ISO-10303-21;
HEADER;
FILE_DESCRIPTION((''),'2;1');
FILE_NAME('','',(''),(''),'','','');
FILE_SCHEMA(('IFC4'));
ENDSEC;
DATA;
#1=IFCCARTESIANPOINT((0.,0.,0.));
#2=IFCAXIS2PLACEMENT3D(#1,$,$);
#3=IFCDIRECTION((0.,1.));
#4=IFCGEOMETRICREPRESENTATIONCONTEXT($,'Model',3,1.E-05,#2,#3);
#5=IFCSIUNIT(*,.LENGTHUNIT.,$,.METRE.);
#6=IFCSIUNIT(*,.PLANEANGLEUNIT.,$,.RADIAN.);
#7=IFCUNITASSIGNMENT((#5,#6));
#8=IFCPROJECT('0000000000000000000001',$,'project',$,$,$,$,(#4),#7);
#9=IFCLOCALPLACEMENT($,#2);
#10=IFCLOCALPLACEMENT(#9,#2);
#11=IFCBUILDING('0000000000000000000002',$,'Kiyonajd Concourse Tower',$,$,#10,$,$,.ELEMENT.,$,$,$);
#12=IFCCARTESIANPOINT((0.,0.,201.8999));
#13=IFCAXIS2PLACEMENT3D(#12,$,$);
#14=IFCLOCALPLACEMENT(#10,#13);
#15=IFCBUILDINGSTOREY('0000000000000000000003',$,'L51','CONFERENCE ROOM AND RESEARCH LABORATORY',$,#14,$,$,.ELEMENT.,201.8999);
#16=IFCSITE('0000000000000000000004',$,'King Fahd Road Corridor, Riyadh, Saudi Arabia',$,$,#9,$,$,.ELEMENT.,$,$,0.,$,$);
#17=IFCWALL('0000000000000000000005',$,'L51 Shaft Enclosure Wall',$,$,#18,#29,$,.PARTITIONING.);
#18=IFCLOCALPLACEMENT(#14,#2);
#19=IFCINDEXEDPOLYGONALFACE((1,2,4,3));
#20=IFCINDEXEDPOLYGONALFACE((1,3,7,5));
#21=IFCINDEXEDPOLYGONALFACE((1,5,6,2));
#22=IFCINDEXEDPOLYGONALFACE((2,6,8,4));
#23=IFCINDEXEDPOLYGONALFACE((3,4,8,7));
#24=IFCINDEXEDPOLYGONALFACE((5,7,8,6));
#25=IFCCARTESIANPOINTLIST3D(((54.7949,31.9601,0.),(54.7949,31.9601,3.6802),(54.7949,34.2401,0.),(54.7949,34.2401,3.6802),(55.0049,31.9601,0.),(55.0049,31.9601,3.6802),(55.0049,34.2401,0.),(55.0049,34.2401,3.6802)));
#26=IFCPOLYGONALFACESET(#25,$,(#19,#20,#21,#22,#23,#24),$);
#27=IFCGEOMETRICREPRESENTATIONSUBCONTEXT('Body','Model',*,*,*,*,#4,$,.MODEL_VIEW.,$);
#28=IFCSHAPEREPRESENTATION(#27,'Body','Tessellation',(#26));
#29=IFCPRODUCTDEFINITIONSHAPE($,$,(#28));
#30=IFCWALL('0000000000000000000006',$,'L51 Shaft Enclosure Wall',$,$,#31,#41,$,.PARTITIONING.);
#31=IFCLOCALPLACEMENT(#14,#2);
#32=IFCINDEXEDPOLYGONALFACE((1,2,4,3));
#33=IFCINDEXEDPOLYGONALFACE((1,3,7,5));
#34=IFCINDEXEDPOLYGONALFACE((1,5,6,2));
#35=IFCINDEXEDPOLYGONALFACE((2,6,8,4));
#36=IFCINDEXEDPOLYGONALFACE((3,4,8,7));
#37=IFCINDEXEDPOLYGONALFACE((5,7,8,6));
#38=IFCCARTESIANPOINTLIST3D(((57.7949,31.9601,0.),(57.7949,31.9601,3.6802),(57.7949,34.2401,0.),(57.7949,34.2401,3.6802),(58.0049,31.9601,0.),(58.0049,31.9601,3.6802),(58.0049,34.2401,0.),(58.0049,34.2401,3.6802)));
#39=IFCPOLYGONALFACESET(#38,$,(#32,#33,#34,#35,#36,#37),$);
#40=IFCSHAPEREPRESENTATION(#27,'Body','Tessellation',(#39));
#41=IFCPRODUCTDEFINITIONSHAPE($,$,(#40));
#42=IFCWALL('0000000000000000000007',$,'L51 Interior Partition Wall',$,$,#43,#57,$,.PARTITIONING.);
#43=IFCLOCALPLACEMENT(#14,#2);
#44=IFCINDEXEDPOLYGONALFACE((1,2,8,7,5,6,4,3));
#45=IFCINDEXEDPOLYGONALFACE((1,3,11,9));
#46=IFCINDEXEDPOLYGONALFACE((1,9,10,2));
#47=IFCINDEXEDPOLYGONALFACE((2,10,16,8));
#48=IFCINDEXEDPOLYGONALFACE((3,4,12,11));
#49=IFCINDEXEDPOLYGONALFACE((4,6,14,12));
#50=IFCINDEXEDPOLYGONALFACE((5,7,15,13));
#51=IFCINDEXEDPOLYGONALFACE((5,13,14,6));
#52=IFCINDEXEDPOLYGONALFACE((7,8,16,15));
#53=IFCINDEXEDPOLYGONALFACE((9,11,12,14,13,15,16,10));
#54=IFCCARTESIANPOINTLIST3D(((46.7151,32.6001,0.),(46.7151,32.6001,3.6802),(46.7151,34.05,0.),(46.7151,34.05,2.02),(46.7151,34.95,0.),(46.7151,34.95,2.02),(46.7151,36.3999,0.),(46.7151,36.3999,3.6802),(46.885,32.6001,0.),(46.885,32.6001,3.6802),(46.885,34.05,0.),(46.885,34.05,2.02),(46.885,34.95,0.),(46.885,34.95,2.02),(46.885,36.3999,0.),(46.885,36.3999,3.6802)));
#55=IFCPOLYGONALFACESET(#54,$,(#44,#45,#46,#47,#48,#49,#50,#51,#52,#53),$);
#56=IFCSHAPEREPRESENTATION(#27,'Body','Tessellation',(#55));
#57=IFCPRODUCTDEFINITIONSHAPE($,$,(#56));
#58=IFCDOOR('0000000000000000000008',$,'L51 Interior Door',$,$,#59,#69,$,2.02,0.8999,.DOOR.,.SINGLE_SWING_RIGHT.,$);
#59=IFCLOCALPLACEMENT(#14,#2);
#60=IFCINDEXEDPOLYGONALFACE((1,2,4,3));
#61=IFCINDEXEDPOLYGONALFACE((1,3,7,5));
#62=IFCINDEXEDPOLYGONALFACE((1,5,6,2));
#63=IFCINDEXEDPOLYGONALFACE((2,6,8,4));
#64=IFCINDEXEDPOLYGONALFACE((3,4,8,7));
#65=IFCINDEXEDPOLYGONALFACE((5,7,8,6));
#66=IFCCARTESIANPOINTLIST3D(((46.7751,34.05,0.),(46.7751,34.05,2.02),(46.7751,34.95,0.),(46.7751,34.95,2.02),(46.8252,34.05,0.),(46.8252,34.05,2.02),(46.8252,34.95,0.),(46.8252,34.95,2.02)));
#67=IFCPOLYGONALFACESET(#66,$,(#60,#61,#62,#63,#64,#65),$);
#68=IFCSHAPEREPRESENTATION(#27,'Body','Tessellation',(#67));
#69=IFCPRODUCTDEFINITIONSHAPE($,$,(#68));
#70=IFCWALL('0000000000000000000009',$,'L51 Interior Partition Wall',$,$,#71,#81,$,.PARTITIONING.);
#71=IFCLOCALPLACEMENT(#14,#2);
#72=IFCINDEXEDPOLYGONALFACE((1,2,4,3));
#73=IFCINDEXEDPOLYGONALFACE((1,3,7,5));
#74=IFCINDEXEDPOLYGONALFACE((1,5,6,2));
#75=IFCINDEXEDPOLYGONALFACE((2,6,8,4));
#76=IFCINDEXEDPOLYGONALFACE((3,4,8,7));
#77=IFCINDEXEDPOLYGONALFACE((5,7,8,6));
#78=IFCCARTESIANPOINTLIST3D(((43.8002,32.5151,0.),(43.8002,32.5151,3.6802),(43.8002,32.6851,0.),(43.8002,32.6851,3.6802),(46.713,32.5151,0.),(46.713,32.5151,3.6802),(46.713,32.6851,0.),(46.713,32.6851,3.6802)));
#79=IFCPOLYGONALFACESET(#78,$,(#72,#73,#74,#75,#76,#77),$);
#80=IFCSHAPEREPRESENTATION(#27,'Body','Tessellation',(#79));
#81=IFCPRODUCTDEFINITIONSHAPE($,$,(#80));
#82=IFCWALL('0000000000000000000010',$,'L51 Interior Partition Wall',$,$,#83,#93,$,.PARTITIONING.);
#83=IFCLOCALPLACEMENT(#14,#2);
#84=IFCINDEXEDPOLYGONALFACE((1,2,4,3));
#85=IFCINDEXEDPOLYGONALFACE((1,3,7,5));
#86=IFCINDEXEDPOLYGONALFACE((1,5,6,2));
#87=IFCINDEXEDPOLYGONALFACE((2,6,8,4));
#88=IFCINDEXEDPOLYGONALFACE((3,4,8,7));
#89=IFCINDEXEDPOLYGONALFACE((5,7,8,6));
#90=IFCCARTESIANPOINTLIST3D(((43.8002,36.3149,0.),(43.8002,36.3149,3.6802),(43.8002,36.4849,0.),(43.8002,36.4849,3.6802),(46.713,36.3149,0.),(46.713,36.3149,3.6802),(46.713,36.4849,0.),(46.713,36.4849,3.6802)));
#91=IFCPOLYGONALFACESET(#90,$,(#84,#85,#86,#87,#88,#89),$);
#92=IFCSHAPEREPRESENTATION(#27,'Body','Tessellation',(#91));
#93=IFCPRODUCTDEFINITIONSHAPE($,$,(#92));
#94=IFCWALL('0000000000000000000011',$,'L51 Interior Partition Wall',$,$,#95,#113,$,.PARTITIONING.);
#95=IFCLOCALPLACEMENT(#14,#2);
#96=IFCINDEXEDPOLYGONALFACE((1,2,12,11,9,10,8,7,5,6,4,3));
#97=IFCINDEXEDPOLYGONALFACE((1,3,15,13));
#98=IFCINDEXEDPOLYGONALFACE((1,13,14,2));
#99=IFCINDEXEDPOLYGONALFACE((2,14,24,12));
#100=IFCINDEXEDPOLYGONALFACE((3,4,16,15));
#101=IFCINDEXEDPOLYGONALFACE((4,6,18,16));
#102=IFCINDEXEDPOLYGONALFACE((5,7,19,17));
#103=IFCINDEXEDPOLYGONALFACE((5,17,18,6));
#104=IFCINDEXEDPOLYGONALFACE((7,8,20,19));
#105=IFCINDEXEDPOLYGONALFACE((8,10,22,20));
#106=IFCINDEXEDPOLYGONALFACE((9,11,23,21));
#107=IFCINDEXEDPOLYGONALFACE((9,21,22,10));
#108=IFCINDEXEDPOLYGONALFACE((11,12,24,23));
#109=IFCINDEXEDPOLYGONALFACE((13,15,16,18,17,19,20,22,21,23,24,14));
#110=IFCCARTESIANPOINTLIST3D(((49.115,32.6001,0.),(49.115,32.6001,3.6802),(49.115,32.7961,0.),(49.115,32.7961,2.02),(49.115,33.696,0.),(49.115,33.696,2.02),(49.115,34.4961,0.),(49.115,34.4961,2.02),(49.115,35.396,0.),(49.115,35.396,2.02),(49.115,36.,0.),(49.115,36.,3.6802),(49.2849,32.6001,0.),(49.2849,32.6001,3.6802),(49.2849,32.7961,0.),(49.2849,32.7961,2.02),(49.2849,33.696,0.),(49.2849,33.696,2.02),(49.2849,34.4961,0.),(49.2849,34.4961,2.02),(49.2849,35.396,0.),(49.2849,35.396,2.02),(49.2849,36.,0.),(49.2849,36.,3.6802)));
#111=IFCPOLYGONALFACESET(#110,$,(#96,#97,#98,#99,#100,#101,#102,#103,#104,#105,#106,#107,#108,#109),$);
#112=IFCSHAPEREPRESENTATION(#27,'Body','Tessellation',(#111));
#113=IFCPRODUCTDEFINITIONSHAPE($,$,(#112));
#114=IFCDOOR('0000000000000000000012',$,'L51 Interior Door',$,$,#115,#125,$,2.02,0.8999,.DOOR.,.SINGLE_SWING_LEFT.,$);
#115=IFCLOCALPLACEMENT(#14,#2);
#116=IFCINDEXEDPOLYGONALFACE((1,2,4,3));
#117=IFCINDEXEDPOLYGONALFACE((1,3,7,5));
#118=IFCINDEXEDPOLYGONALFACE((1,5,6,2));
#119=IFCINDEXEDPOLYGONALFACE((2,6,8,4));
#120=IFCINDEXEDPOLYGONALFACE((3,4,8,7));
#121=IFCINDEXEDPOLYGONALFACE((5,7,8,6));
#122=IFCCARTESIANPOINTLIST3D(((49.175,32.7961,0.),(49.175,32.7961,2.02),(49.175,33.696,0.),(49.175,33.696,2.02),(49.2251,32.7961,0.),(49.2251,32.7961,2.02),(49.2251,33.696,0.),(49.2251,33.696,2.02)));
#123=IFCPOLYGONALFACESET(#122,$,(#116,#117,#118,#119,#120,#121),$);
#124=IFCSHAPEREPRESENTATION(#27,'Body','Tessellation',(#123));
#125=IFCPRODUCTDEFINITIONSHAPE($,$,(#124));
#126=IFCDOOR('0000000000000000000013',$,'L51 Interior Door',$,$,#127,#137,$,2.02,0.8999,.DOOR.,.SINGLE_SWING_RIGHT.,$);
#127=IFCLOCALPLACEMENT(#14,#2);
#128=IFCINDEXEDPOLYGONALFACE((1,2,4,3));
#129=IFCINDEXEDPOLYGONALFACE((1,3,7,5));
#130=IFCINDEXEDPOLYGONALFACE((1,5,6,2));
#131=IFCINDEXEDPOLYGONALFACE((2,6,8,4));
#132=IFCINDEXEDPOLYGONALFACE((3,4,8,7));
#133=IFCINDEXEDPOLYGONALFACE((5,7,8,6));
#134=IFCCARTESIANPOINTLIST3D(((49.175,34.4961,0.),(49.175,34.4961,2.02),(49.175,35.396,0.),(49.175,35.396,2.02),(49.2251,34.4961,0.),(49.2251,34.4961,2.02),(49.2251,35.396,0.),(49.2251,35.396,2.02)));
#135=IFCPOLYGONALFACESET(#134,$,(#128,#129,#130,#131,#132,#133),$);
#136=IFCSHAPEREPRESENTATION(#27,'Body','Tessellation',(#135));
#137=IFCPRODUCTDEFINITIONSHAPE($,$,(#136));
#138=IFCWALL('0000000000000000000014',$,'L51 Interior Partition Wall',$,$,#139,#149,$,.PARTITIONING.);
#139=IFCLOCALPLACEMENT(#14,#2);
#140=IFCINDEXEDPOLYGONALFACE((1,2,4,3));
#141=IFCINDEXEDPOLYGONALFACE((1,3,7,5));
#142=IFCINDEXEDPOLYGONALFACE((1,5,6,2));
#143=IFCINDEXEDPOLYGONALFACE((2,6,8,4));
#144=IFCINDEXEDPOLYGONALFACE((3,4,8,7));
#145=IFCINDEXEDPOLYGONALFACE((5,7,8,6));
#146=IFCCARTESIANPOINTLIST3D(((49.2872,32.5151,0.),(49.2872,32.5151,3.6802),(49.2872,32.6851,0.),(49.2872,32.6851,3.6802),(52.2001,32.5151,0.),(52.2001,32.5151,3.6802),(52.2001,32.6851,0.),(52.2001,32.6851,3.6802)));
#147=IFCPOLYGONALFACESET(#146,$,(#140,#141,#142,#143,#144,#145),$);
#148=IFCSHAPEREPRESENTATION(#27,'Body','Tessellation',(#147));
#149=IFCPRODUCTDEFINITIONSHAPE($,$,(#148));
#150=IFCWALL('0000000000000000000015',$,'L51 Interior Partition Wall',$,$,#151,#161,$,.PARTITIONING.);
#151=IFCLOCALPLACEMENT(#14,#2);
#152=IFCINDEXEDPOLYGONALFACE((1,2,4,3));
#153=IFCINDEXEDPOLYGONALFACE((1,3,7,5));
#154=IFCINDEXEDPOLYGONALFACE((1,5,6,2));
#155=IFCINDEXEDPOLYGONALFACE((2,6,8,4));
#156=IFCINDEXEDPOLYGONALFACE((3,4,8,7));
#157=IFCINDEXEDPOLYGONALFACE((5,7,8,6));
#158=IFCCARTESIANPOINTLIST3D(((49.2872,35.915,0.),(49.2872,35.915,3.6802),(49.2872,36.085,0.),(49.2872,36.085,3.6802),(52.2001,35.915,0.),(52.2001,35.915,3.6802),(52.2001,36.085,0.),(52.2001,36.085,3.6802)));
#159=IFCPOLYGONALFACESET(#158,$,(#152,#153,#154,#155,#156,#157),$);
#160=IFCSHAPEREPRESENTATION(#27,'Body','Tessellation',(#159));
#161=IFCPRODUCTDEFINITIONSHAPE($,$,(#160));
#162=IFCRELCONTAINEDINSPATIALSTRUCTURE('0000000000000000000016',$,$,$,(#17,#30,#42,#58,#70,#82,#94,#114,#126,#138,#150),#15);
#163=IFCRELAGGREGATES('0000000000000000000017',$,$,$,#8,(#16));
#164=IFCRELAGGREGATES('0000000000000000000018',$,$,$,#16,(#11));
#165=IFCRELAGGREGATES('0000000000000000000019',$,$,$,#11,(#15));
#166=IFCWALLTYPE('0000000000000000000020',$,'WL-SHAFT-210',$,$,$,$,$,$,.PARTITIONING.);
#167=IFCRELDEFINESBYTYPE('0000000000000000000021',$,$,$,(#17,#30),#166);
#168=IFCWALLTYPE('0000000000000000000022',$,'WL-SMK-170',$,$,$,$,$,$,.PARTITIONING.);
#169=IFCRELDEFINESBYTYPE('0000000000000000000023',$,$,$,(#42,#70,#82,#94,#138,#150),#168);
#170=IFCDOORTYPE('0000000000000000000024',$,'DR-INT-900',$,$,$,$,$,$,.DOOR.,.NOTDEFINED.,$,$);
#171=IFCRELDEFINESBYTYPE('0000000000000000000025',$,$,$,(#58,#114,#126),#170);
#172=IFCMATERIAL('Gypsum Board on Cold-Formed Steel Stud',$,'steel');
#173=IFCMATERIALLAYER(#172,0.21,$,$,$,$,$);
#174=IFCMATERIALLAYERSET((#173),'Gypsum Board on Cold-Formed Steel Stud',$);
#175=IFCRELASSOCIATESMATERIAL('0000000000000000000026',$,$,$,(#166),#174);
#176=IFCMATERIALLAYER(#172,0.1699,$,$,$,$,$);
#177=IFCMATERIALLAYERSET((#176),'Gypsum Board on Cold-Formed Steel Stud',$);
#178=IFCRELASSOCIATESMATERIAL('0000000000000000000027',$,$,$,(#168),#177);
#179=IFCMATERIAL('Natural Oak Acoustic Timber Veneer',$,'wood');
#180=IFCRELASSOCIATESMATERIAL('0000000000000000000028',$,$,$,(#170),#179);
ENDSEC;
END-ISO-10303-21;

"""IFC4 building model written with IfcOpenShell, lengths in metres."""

from ifc_helpers import new_model, si_unit, direction, frame, frame_2d, origin, place, context, subcontext, project, spatial, rectangle, extrude, material, layer, layer_set, type_object, element, fill, save


model = new_model("IFC4")

# Units and contexts
model_context = context("Model", 3, precision=1e-05, world=origin(), true_north=direction((0.0, 1.0)))
body_context = subcontext(model_context, "Body", "Model", "MODEL_VIEW")
ifc_project = project(units=[si_unit("LENGTHUNIT", "METRE"), si_unit("PLANEANGLEUNIT", "RADIAN")], contexts=[model_context])

# Site, building, storey
site_placement = place(None, origin())
site = spatial("IfcSite", under=ifc_project, at=site_placement, Name="King Fahd Road Corridor, Riyadh, Saudi Arabia", CompositionType="ELEMENT", RefElevation=0.0)
building_placement = place(site_placement, origin())
building = spatial("IfcBuilding", under=site, at=building_placement, Name="Kiyonajd Concourse Tower", CompositionType="ELEMENT")
storey_placement = place(building_placement, frame((0.0, 0.0, 201.8999)))
storey = spatial("IfcBuildingStorey", under=building, at=storey_placement, Name="L51", Description="CONFERENCE ROOM AND RESEARCH LABORATORY", CompositionType="ELEMENT", Elevation=201.8999)

# Shared definitions
ifc_material_1 = material(Name="Gypsum Board on Cold-Formed Steel Stud", Category="steel")

# Shared definitions
ifc_layer_1 = layer(ifc_material_1, 0.21)
ifc_layer_set_1 = layer_set([ifc_layer_1], Name="Gypsum Board on Cold-Formed Steel Stud")
wall_type_1 = type_object("IfcWallType", Name="WL-SHAFT-210", PredefinedType="PARTITIONING", material=ifc_layer_set_1)

# Walls
for number, where, z_axis, x_axis, name in (
    (1, (54.8999, 31.96, 0.0), (0.0, 0.0, 1.0), (0.0, 1.0, 0.0), "L51 Shaft Enclosure Wall"),
    (2, (57.8999, 31.96, 0.0), (0.0, 0.0, 1.0), (0.0, 1.0, 0.0), "L51 Shaft Enclosure Wall"),
):
    element("IfcWall", number, at=place(storey_placement, frame(where, z_axis=z_axis, x_axis=x_axis)), inside=storey, type_object=wall_type_1, Name=name, PredefinedType="PARTITIONING", context=body_context, shape_type="SweptSolid", body=[
        extrude(rectangle(XDim=2.28, YDim=0.21, at=frame_2d((1.1401, 0.0))), origin(), (0.0, 0.0, 1.0), 3.6802),
    ])

# Wall, opening, door
ifc_layer_2 = layer(ifc_material_1, 0.1699)
ifc_layer_set_2 = layer_set([ifc_layer_2], Name="Gypsum Board on Cold-Formed Steel Stud")
wall_type_2 = type_object("IfcWallType", Name="WL-SMK-170", PredefinedType="PARTITIONING", material=ifc_layer_set_2)
wall_1_placement = place(storey_placement, frame((46.8, 32.6001, 0.0), z_axis=(0.0, 0.0, 1.0), x_axis=(0.0, 1.0, 0.0)))
wall_1 = element("IfcWall", 3, at=wall_1_placement, inside=storey, type_object=wall_type_2, Name="L51 Interior Partition Wall", PredefinedType="PARTITIONING", context=body_context, shape_type="SweptSolid", body=[
    extrude(rectangle(XDim=3.7998, YDim=0.1699, at=frame_2d((1.8999, 0.0))), origin(), (0.0, 0.0, 1.0), 3.6802),
])
opening_1_placement = place(wall_1_placement, frame((1.45, 0.0, 0.0)))
opening_1 = element("IfcOpeningElement", 4, at=opening_1_placement, cuts=wall_1, PredefinedType="OPENING", context=body_context, shape_type="SweptSolid", body=[
    extrude(rectangle(XDim=0.8999, YDim=2.02, at=frame_2d((0.45, 1.01))), frame((0.0, 0.095, 0.0), z_axis=(0.0, -1.0, 0.0), x_axis=(1.0, 0.0, 0.0)), (0.0, 0.0, 1.0), 0.1899),
])
ifc_material_2 = material(Name="Natural Oak Acoustic Timber Veneer", Category="wood")
door_type_1 = type_object("IfcDoorType", Name="DR-INT-900", OperationType="NOTDEFINED", PredefinedType="DOOR", material=ifc_material_2)
door_1_placement = place(opening_1_placement, origin())
door_1 = element("IfcDoor", 5, at=door_1_placement, inside=storey, type_object=door_type_1, Name="L51 Interior Door", OperationType="SINGLE_SWING_RIGHT", OverallHeight=2.02, OverallWidth=0.8999, PredefinedType="DOOR", context=body_context, shape_type="SweptSolid", body=[
    extrude(rectangle(XDim=0.8999, YDim=2.02, at=frame_2d((0.45, 1.01))), frame((0.0, 0.0249, 0.0), z_axis=(0.0, -1.0, 0.0), x_axis=(1.0, 0.0, 0.0)), (0.0, 0.0, 1.0), 0.05),
])
fill(opening_1, door_1)

# Walls
for number, where, z_axis, x_axis, name in (
    (6, (43.8, 32.6001, 0.0), (0.0, 0.0, 1.0), (1.0, 0.0, 0.0), "L51 Interior Partition Wall"),
    (7, (43.8, 36.3999, 0.0), (0.0, 0.0, 1.0), (1.0, 0.0, 0.0), "L51 Interior Partition Wall"),
):
    element("IfcWall", number, at=place(storey_placement, frame(where, z_axis=z_axis, x_axis=x_axis)), inside=storey, type_object=wall_type_2, Name=name, PredefinedType="PARTITIONING", context=body_context, shape_type="SweptSolid", body=[
        extrude(rectangle(XDim=2.9128, YDim=0.1699, at=frame_2d((1.4565, 0.0))), origin(), (0.0, 0.0, 1.0), 3.6802),
    ])

# Wall, openings, doors
wall_2_placement = place(storey_placement, frame((49.2, 32.6001, 0.0), z_axis=(0.0, 0.0, 1.0), x_axis=(0.0, 1.0, 0.0)))
wall_2 = element("IfcWall", 8, at=wall_2_placement, inside=storey, type_object=wall_type_2, Name="L51 Interior Partition Wall", PredefinedType="PARTITIONING", context=body_context, shape_type="SweptSolid", body=[
    extrude(rectangle(XDim=3.3999, YDim=0.1699, at=frame_2d((1.7, 0.0))), origin(), (0.0, 0.0, 1.0), 3.6802),
])
opening_2_placement = place(wall_2_placement, frame((0.196, 0.0, 0.0)))
opening_2 = element("IfcOpeningElement", 9, at=opening_2_placement, cuts=wall_2, PredefinedType="OPENING", context=body_context, shape_type="SweptSolid", body=[
    extrude(rectangle(XDim=0.8999, YDim=2.02, at=frame_2d((0.45, 1.01))), frame((0.0, 0.095, 0.0), z_axis=(0.0, -1.0, 0.0), x_axis=(1.0, 0.0, 0.0)), (0.0, 0.0, 1.0), 0.1899),
])
opening_3_placement = place(wall_2_placement, frame((1.896, 0.0, 0.0)))
opening_3 = element("IfcOpeningElement", 10, at=opening_3_placement, cuts=wall_2, PredefinedType="OPENING", context=body_context, shape_type="SweptSolid", body=[
    extrude(rectangle(XDim=0.8999, YDim=2.02, at=frame_2d((0.45, 1.01))), frame((0.0, 0.095, 0.0), z_axis=(0.0, -1.0, 0.0), x_axis=(1.0, 0.0, 0.0)), (0.0, 0.0, 1.0), 0.1899),
])
door_2_placement = place(opening_2_placement, origin())
door_2 = element("IfcDoor", 11, at=door_2_placement, inside=storey, type_object=door_type_1, Name="L51 Interior Door", OperationType="SINGLE_SWING_LEFT", OverallHeight=2.02, OverallWidth=0.8999, PredefinedType="DOOR", context=body_context, shape_type="SweptSolid", body=[
    extrude(rectangle(XDim=0.8999, YDim=2.02, at=frame_2d((0.45, 1.01))), frame((0.0, 0.0249, 0.0), z_axis=(0.0, -1.0, 0.0), x_axis=(1.0, 0.0, 0.0)), (0.0, 0.0, 1.0), 0.05),
])
fill(opening_2, door_2)
door_3_placement = place(opening_3_placement, origin())
door_3 = element("IfcDoor", 12, at=door_3_placement, inside=storey, type_object=door_type_1, Name="L51 Interior Door", OperationType="SINGLE_SWING_RIGHT", OverallHeight=2.02, OverallWidth=0.8999, PredefinedType="DOOR", context=body_context, shape_type="SweptSolid", body=[
    extrude(rectangle(XDim=0.8999, YDim=2.02, at=frame_2d((0.45, 1.01))), frame((0.0, 0.0249, 0.0), z_axis=(0.0, -1.0, 0.0), x_axis=(1.0, 0.0, 0.0)), (0.0, 0.0, 1.0), 0.05),
])
fill(opening_3, door_3)

# Walls
for number, where, z_axis, x_axis, name in (
    (13, (49.2871, 32.6001, 0.0), (0.0, 0.0, 1.0), (1.0, 0.0, 0.0), "L51 Interior Partition Wall"),
    (14, (49.2871, 36.0, 0.0), (0.0, 0.0, 1.0), (1.0, 0.0, 0.0), "L51 Interior Partition Wall"),
):
    element("IfcWall", number, at=place(storey_placement, frame(where, z_axis=z_axis, x_axis=x_axis)), inside=storey, type_object=wall_type_2, Name=name, PredefinedType="PARTITIONING", context=body_context, shape_type="SweptSolid", body=[
        extrude(rectangle(XDim=2.9128, YDim=0.1699, at=frame_2d((1.4565, 0.0))), origin(), (0.0, 0.0, 1.0), 3.6802),
    ])

save(model, "model.ifc")
